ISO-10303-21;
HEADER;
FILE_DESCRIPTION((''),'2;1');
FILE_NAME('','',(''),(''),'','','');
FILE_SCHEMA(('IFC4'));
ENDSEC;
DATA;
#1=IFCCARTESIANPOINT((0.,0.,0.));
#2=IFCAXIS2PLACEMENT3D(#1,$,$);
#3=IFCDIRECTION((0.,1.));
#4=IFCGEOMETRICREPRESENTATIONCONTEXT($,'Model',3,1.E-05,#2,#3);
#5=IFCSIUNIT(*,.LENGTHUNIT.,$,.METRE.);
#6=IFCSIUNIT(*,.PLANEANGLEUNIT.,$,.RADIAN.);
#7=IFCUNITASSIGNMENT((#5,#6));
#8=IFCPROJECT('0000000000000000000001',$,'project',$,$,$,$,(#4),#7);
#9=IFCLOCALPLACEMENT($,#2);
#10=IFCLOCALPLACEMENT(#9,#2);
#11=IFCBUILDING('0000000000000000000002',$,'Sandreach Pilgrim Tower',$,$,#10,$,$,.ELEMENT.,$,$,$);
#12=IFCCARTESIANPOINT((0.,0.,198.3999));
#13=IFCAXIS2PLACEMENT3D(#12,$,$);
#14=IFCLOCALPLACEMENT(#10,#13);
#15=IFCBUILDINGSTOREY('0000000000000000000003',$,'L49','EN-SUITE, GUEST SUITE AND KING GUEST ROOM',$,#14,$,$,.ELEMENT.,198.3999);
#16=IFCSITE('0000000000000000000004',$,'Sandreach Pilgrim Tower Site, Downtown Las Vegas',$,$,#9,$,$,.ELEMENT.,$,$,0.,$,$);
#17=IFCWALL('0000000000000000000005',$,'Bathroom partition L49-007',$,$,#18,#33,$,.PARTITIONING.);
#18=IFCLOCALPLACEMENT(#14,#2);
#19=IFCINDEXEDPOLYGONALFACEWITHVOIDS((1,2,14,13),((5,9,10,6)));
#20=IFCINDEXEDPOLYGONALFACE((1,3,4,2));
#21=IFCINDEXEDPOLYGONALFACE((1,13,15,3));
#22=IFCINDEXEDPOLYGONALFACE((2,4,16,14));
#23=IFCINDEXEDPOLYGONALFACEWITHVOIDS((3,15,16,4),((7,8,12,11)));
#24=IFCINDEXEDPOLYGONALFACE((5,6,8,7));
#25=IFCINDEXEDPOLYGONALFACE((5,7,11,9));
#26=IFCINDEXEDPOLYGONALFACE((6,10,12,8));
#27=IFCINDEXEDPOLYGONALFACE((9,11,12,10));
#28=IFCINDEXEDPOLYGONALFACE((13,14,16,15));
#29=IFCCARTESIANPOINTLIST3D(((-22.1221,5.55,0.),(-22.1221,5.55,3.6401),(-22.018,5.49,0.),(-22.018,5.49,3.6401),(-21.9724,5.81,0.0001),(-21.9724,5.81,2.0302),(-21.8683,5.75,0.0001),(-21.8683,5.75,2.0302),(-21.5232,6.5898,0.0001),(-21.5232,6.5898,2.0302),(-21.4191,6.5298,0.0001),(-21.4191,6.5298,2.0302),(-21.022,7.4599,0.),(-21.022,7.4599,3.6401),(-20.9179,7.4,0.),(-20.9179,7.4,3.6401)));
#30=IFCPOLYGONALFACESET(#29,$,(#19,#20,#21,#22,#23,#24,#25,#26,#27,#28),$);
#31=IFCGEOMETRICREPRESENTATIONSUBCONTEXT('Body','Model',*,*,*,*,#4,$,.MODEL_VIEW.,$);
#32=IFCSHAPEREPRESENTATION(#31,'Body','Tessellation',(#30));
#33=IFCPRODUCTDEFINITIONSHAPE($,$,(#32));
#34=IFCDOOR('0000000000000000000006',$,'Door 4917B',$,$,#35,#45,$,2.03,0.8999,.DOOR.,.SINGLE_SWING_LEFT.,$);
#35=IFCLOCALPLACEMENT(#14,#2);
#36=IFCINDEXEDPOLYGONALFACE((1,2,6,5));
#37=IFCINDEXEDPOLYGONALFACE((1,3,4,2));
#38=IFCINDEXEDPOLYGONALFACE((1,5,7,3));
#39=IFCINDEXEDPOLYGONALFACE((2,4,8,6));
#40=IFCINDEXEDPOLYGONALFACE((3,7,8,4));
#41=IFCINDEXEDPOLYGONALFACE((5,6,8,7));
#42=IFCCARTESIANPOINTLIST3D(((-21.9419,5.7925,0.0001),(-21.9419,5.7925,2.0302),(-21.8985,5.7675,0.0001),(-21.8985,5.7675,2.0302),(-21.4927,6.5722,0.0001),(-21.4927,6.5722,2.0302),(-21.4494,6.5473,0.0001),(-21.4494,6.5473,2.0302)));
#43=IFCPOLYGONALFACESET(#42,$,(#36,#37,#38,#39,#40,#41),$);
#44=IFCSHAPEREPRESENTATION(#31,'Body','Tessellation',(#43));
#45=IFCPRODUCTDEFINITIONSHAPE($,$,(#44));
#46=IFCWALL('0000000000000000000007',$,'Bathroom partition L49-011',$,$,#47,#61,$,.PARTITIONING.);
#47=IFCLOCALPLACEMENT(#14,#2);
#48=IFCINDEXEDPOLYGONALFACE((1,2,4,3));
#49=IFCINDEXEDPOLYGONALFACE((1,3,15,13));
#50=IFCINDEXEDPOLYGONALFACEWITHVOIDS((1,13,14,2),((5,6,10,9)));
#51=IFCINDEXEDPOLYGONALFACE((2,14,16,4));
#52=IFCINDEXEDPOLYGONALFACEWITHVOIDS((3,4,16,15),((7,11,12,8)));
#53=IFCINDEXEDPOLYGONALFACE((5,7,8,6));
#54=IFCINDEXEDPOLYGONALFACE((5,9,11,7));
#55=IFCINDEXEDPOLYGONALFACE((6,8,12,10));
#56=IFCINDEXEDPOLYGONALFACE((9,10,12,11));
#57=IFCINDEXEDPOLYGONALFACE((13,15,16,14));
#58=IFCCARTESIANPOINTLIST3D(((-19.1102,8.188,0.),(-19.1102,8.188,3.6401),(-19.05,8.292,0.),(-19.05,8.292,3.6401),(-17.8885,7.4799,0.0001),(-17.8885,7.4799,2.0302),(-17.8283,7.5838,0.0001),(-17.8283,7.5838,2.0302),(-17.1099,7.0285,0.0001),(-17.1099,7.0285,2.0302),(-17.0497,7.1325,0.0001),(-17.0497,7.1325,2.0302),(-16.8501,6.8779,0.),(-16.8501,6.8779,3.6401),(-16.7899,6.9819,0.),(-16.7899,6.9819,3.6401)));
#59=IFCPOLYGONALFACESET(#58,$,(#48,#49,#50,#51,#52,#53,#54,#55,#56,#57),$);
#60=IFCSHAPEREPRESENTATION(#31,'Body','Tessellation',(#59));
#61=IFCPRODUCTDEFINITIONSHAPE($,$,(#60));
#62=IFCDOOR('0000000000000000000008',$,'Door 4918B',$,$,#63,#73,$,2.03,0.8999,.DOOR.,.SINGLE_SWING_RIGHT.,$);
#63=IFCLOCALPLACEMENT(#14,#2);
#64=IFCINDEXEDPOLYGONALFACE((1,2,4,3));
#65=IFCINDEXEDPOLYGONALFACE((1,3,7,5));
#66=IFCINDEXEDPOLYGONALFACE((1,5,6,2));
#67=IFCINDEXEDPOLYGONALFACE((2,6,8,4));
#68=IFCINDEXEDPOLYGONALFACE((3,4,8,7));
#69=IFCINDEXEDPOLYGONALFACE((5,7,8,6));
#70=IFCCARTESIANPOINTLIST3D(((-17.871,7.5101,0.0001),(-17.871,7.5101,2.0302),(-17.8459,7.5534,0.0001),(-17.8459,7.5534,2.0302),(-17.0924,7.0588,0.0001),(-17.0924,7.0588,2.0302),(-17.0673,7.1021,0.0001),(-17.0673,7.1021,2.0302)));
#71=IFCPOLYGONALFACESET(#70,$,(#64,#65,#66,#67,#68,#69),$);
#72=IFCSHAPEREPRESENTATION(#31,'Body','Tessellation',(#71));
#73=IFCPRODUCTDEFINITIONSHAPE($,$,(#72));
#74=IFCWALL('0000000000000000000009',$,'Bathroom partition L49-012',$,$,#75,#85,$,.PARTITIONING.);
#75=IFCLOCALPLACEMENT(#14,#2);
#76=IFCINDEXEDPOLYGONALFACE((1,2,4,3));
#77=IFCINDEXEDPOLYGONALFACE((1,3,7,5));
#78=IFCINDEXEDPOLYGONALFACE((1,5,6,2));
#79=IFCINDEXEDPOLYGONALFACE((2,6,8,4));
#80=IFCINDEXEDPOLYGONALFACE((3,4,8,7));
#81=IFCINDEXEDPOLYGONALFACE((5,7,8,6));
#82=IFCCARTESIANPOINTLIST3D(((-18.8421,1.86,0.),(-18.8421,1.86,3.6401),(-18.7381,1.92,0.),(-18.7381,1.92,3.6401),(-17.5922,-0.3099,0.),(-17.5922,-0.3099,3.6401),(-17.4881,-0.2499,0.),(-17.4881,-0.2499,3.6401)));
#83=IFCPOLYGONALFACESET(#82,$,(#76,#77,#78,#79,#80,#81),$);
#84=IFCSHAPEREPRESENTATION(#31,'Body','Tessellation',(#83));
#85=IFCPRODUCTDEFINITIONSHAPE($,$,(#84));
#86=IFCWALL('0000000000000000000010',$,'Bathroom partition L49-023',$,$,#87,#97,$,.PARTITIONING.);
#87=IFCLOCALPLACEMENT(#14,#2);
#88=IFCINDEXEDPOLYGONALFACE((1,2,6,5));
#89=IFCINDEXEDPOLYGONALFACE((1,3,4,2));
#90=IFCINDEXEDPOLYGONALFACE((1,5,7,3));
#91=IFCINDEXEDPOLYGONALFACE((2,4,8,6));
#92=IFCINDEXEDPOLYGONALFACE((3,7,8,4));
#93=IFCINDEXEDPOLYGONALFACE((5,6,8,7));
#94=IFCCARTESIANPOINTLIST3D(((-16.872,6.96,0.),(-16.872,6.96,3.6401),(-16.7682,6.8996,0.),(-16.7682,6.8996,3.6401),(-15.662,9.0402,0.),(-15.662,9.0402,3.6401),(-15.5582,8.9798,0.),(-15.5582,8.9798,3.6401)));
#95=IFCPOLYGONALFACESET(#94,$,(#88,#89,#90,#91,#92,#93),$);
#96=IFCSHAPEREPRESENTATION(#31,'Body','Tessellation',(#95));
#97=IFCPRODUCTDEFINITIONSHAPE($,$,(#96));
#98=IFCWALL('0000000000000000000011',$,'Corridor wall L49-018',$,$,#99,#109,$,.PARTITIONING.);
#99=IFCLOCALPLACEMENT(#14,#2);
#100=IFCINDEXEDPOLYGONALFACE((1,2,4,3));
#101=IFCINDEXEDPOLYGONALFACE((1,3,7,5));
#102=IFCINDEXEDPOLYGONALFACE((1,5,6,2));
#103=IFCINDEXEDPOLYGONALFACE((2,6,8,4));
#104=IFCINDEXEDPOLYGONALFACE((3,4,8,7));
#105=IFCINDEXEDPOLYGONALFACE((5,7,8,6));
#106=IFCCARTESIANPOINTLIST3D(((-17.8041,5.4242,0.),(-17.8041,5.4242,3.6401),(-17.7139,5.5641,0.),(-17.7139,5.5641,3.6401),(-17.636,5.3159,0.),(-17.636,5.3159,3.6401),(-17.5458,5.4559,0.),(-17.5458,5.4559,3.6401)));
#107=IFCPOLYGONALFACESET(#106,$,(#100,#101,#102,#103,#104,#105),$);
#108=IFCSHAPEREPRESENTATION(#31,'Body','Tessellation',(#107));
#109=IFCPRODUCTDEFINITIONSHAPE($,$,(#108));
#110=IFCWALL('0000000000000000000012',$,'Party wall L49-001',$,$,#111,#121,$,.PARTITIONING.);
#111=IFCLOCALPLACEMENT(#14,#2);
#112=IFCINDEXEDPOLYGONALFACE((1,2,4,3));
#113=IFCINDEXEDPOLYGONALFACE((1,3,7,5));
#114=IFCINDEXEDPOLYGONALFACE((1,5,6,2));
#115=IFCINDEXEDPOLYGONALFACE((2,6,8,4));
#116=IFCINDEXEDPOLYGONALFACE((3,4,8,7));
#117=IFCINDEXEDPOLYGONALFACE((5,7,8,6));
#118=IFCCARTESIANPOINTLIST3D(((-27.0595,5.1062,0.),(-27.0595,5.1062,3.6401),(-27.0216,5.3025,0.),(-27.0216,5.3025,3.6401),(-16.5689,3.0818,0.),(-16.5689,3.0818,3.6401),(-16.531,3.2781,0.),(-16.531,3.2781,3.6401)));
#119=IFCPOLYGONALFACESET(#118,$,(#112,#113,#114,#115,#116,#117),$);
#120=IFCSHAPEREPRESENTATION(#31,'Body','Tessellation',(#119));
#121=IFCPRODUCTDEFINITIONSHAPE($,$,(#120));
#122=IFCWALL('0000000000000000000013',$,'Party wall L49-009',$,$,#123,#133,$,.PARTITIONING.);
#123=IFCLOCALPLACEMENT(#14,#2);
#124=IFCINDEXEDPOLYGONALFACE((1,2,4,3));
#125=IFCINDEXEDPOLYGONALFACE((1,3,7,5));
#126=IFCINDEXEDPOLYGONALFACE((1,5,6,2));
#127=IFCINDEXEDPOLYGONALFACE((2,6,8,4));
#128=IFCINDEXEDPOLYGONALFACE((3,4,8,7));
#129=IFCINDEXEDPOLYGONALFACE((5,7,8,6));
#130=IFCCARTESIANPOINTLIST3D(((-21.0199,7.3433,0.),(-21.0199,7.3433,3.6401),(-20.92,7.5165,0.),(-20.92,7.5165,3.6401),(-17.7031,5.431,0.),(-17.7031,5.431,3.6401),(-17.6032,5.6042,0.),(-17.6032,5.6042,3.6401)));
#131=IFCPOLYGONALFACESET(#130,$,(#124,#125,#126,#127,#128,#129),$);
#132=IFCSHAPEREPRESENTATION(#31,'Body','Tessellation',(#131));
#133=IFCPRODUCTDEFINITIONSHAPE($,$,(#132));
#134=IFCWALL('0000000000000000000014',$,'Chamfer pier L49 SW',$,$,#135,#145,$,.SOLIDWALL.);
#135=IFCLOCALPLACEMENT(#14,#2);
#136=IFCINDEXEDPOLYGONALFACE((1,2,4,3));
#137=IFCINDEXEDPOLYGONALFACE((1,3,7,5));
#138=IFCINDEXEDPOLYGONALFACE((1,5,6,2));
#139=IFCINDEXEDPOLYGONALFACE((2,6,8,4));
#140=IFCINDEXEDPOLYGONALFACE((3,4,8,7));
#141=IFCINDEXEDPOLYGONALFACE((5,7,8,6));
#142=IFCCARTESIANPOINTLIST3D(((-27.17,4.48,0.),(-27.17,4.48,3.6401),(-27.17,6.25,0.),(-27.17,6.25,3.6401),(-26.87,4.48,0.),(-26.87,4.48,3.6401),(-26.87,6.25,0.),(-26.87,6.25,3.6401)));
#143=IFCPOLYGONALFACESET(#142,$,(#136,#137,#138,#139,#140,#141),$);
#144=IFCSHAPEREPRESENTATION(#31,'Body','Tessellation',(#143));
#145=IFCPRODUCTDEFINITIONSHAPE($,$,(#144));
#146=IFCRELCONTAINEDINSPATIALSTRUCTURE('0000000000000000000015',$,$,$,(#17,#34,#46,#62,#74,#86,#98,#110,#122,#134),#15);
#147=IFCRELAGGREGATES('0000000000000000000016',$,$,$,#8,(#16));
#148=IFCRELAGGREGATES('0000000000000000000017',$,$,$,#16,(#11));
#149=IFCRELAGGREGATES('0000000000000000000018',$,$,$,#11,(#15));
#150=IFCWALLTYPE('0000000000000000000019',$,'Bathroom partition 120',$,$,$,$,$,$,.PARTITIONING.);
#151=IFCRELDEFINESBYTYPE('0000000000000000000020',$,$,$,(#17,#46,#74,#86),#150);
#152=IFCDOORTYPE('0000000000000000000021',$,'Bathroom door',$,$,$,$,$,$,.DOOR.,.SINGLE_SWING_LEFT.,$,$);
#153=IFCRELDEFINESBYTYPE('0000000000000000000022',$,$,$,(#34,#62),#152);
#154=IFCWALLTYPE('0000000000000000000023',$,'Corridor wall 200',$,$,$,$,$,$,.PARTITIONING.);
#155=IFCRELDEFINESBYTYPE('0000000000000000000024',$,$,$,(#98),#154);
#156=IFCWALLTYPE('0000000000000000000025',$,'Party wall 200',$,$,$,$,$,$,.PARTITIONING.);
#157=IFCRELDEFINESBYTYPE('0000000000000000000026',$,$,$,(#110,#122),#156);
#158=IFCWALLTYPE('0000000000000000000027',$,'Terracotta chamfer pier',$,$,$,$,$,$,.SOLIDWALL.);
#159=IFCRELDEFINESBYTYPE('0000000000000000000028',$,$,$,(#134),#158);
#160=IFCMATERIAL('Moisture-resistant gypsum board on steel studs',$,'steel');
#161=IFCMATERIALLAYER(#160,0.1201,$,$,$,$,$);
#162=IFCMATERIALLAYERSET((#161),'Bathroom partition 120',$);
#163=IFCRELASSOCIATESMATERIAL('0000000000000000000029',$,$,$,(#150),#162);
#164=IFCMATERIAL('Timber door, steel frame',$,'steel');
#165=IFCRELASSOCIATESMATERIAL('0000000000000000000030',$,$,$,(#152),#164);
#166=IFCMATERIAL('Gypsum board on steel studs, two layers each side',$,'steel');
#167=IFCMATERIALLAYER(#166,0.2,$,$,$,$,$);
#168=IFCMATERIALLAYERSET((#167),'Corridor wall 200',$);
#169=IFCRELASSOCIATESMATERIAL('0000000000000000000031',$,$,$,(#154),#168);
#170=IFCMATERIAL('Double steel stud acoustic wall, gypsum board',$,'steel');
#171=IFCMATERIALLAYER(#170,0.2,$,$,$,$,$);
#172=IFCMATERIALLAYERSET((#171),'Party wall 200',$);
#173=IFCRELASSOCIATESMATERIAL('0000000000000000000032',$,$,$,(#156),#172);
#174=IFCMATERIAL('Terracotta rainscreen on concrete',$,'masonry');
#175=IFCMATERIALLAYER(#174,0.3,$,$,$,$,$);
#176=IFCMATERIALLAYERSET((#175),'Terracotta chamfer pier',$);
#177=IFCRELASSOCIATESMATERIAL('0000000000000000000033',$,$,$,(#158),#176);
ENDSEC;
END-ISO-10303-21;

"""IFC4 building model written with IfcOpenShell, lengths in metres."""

from ifc_helpers import new_model, si_unit, direction, frame, frame_2d, origin, place, context, subcontext, project, spatial, rectangle, extrude, material, layer, layer_set, type_object, element, fill, save


model = new_model("IFC4")

# Units and contexts
model_context = context("Model", 3, precision=1e-05, world=origin(), true_north=direction((0.0, 1.0)))
body_context = subcontext(model_context, "Body", "Model", "MODEL_VIEW")
ifc_project = project(units=[si_unit("LENGTHUNIT", "METRE"), si_unit("PLANEANGLEUNIT", "RADIAN")], contexts=[model_context])

# Site, building, storey
site_placement = place(None, origin())
site = spatial("IfcSite", under=ifc_project, at=site_placement, Name="Sandreach Pilgrim Tower Site, Downtown Las Vegas", CompositionType="ELEMENT", RefElevation=0.0)
building_placement = place(site_placement, origin())
building = spatial("IfcBuilding", under=site, at=building_placement, Name="Sandreach Pilgrim Tower", CompositionType="ELEMENT")
storey_placement = place(building_placement, frame((0.0, 0.0, 198.3999)))
storey = spatial("IfcBuildingStorey", under=building, at=storey_placement, Name="L49", Description="EN-SUITE, GUEST SUITE AND KING GUEST ROOM", CompositionType="ELEMENT", Elevation=198.3999)

# Shared definitions
ifc_material_1 = material(Name="Moisture-resistant gypsum board on steel studs", Category="steel")
ifc_layer_1 = layer(ifc_material_1, 0.1201)
ifc_layer_set_1 = layer_set([ifc_layer_1], Name="Bathroom partition 120")
wall_type_1 = type_object("IfcWallType", Name="Bathroom partition 120", PredefinedType="PARTITIONING", material=ifc_layer_set_1)

# Walls, openings, doors
wall_1_placement = place(storey_placement, frame((-22.0701, 5.52, 0.0), z_axis=(0.0, 0.0, 1.0), x_axis=(0.499118, 0.866534, 0.0)))
wall_1 = element("IfcWall", 1, at=wall_1_placement, inside=storey, type_object=wall_type_1, Name="Bathroom partition L49-007", PredefinedType="PARTITIONING", context=body_context, shape_type="SweptSolid", body=[
    extrude(rectangle(XDim=2.2041, YDim=0.1201, at=frame_2d((1.1021, 0.0))), origin(), (0.0, 0.0, 1.0), 3.6401),
])
opening_1_placement = place(wall_1_placement, frame((0.3, 0.0, 0.0)))
opening_1 = element("IfcOpeningElement", 2, at=opening_1_placement, cuts=wall_1, PredefinedType="OPENING", context=body_context, shape_type="SweptSolid", body=[
    extrude(rectangle(XDim=0.8999, YDim=2.03, at=frame_2d((0.45, 1.0151))), frame((0.0, 0.0601, 0.0), z_axis=(0.0, -1.0, 0.0), x_axis=(1.0, 0.0, 0.0)), (0.0, 0.0, 1.0), 0.1201),
])
ifc_material_2 = material(Name="Timber door, steel frame", Category="steel")
door_type_1 = type_object("IfcDoorType", Name="Bathroom door", OperationType="SINGLE_SWING_LEFT", PredefinedType="DOOR", material=ifc_material_2)
door_1_placement = place(opening_1_placement, origin())
door_1 = element("IfcDoor", 3, at=door_1_placement, inside=storey, type_object=door_type_1, Name="Door 4917B", OperationType="SINGLE_SWING_LEFT", OverallHeight=2.03, OverallWidth=0.8999, PredefinedType="DOOR", context=body_context, shape_type="SweptSolid", body=[
    extrude(rectangle(XDim=0.8999, YDim=2.03, at=frame_2d((0.45, 1.0151))), frame((0.0, 0.0249, 0.0), z_axis=(0.0, -1.0, 0.0), x_axis=(1.0, 0.0, 0.0)), (0.0, 0.0, 1.0), 0.05),
])
fill(opening_1, door_1)
wall_2_placement = place(storey_placement, frame((-19.0801, 8.24, 0.0), z_axis=(0.0, 0.0, 1.0), x_axis=(0.865155, -0.501504, 0.0)))
wall_2 = element("IfcWall", 4, at=wall_2_placement, inside=storey, type_object=wall_type_1, Name="Bathroom partition L49-011", PredefinedType="PARTITIONING", context=body_context, shape_type="SweptSolid", body=[
    extrude(rectangle(XDim=2.6123, YDim=0.1201, at=frame_2d((1.3062, 0.0))), origin(), (0.0, 0.0, 1.0), 3.6401),
])
opening_2_placement = place(wall_2_placement, frame((1.4121, 0.0, 0.0)))
opening_2 = element("IfcOpeningElement", 5, at=opening_2_placement, cuts=wall_2, PredefinedType="OPENING", context=body_context, shape_type="SweptSolid", body=[
    extrude(rectangle(XDim=0.8999, YDim=2.03, at=frame_2d((0.45, 1.0151))), frame((0.0, 0.0601, 0.0), z_axis=(0.0, -1.0, 0.0), x_axis=(1.0, 0.0, 0.0)), (0.0, 0.0, 1.0), 0.1201),
])
door_2_placement = place(opening_2_placement, origin())
door_2 = element("IfcDoor", 6, at=door_2_placement, inside=storey, type_object=door_type_1, Name="Door 4918B", OperationType="SINGLE_SWING_RIGHT", OverallHeight=2.03, OverallWidth=0.8999, PredefinedType="DOOR", context=body_context, shape_type="SweptSolid", body=[
    extrude(rectangle(XDim=0.8999, YDim=2.03, at=frame_2d((0.45, 1.0151))), frame((0.0, 0.0249, 0.0), z_axis=(0.0, -1.0, 0.0), x_axis=(1.0, 0.0, 0.0)), (0.0, 0.0, 1.0), 0.05),
])
fill(opening_2, door_2)

# Walls
wall_3_placement = place(storey_placement, frame((-18.79, 1.8899, 0.0), z_axis=(0.0, 0.0, 1.0), x_axis=(0.49916, -0.86651, 0.0)))
element("IfcWall", 7, at=wall_3_placement, inside=storey, type_object=wall_type_1, Name="Bathroom partition L49-012", PredefinedType="PARTITIONING", context=body_context, shape_type="SweptSolid", body=[
    extrude(rectangle(XDim=2.5042, YDim=0.1201, at=frame_2d((1.252, 0.0))), origin(), (0.0, 0.0, 1.0), 3.6401),
])
wall_4_placement = place(storey_placement, frame((-16.8201, 6.9299, 0.0), z_axis=(0.0, 0.0, 1.0), x_axis=(0.502811, 0.864396, 0.0)))
element("IfcWall", 8, at=wall_4_placement, inside=storey, type_object=wall_type_1, Name="Bathroom partition L49-023", PredefinedType="PARTITIONING", context=body_context, shape_type="SweptSolid", body=[
    extrude(rectangle(XDim=2.4065, YDim=0.1201, at=frame_2d((1.2031, 0.0))), origin(), (0.0, 0.0, 1.0), 3.6401),
])

# Shared definitions
ifc_material_3 = material(Name="Gypsum board on steel studs, two layers each side", Category="steel")
ifc_layer_2 = layer(ifc_material_3, 0.2)
ifc_layer_set_2 = layer_set([ifc_layer_2], Name="Corridor wall 200")
wall_type_2 = type_object("IfcWallType", Name="Corridor wall 200", PredefinedType="PARTITIONING", material=ifc_layer_set_2)

# Walls
wall_5_placement = place(storey_placement, frame((-17.6299, 5.51, 0.0), z_axis=(0.0, 0.0, 1.0), x_axis=(-0.541425, -0.840749, 0.0)))
element("IfcWall", 9, at=wall_5_placement, inside=storey, type_object=wall_type_2, Name="Corridor wall L49-018", PredefinedType="PARTITIONING", context=body_context, shape_type="SweptSolid", body=[
    extrude(rectangle(XDim=0.1665, YDim=0.2, at=frame_2d((0.0833, 0.0))), origin(), (0.0, 0.0, 1.0), 3.6401),
])
ifc_material_4 = material(Name="Double steel stud acoustic wall, gypsum board", Category="steel")
ifc_layer_3 = layer(ifc_material_4, 0.2)
ifc_layer_set_3 = layer_set([ifc_layer_3], Name="Party wall 200")
wall_type_3 = type_object("IfcWallType", Name="Party wall 200", PredefinedType="PARTITIONING", material=ifc_layer_set_3)
wall_6_placement = place(storey_placement, frame((-27.0405, 5.2043, 0.0), z_axis=(0.0, 0.0, 1.0), x_axis=(0.981884, -0.18948, 0.0)))
element("IfcWall", 10, at=wall_6_placement, inside=storey, type_object=wall_type_3, Name="Party wall L49-001", PredefinedType="PARTITIONING", context=body_context, shape_type="SweptSolid", body=[
    extrude(rectangle(XDim=10.6841, YDim=0.2, at=frame_2d((5.342, 0.0))), origin(), (0.0, 0.0, 1.0), 3.6401),
])
wall_7_placement = place(storey_placement, frame((-20.97, 7.4299, 0.0), z_axis=(0.0, 0.0, 1.0), x_axis=(0.866326, -0.49948, 0.0)))
element("IfcWall", 11, at=wall_7_placement, inside=storey, type_object=wall_type_3, Name="Party wall L49-009", PredefinedType="PARTITIONING", context=body_context, shape_type="SweptSolid", body=[
    extrude(rectangle(XDim=3.8286, YDim=0.2, at=frame_2d((1.9143, 0.0))), origin(), (0.0, 0.0, 1.0), 3.6401),
])
ifc_material_5 = material(Name="Terracotta rainscreen on concrete", Category="masonry")
ifc_layer_4 = layer(ifc_material_5, 0.3)
ifc_layer_set_4 = layer_set([ifc_layer_4], Name="Terracotta chamfer pier")
wall_type_4 = type_object("IfcWallType", Name="Terracotta chamfer pier", PredefinedType="SOLIDWALL", material=ifc_layer_set_4)
wall_8_placement = place(storey_placement, frame((-27.02, 4.48, 0.0), z_axis=(0.0, 0.0, 1.0), x_axis=(0.0, 1.0, 0.0)))
element("IfcWall", 12, at=wall_8_placement, inside=storey, type_object=wall_type_4, Name="Chamfer pier L49 SW", PredefinedType="SOLIDWALL", context=body_context, shape_type="SweptSolid", body=[
    extrude(rectangle(XDim=1.77, YDim=0.3, at=frame_2d((0.885, 0.0))), origin(), (0.0, 0.0, 1.0), 3.6401),
])

save(model, "model.ifc")
